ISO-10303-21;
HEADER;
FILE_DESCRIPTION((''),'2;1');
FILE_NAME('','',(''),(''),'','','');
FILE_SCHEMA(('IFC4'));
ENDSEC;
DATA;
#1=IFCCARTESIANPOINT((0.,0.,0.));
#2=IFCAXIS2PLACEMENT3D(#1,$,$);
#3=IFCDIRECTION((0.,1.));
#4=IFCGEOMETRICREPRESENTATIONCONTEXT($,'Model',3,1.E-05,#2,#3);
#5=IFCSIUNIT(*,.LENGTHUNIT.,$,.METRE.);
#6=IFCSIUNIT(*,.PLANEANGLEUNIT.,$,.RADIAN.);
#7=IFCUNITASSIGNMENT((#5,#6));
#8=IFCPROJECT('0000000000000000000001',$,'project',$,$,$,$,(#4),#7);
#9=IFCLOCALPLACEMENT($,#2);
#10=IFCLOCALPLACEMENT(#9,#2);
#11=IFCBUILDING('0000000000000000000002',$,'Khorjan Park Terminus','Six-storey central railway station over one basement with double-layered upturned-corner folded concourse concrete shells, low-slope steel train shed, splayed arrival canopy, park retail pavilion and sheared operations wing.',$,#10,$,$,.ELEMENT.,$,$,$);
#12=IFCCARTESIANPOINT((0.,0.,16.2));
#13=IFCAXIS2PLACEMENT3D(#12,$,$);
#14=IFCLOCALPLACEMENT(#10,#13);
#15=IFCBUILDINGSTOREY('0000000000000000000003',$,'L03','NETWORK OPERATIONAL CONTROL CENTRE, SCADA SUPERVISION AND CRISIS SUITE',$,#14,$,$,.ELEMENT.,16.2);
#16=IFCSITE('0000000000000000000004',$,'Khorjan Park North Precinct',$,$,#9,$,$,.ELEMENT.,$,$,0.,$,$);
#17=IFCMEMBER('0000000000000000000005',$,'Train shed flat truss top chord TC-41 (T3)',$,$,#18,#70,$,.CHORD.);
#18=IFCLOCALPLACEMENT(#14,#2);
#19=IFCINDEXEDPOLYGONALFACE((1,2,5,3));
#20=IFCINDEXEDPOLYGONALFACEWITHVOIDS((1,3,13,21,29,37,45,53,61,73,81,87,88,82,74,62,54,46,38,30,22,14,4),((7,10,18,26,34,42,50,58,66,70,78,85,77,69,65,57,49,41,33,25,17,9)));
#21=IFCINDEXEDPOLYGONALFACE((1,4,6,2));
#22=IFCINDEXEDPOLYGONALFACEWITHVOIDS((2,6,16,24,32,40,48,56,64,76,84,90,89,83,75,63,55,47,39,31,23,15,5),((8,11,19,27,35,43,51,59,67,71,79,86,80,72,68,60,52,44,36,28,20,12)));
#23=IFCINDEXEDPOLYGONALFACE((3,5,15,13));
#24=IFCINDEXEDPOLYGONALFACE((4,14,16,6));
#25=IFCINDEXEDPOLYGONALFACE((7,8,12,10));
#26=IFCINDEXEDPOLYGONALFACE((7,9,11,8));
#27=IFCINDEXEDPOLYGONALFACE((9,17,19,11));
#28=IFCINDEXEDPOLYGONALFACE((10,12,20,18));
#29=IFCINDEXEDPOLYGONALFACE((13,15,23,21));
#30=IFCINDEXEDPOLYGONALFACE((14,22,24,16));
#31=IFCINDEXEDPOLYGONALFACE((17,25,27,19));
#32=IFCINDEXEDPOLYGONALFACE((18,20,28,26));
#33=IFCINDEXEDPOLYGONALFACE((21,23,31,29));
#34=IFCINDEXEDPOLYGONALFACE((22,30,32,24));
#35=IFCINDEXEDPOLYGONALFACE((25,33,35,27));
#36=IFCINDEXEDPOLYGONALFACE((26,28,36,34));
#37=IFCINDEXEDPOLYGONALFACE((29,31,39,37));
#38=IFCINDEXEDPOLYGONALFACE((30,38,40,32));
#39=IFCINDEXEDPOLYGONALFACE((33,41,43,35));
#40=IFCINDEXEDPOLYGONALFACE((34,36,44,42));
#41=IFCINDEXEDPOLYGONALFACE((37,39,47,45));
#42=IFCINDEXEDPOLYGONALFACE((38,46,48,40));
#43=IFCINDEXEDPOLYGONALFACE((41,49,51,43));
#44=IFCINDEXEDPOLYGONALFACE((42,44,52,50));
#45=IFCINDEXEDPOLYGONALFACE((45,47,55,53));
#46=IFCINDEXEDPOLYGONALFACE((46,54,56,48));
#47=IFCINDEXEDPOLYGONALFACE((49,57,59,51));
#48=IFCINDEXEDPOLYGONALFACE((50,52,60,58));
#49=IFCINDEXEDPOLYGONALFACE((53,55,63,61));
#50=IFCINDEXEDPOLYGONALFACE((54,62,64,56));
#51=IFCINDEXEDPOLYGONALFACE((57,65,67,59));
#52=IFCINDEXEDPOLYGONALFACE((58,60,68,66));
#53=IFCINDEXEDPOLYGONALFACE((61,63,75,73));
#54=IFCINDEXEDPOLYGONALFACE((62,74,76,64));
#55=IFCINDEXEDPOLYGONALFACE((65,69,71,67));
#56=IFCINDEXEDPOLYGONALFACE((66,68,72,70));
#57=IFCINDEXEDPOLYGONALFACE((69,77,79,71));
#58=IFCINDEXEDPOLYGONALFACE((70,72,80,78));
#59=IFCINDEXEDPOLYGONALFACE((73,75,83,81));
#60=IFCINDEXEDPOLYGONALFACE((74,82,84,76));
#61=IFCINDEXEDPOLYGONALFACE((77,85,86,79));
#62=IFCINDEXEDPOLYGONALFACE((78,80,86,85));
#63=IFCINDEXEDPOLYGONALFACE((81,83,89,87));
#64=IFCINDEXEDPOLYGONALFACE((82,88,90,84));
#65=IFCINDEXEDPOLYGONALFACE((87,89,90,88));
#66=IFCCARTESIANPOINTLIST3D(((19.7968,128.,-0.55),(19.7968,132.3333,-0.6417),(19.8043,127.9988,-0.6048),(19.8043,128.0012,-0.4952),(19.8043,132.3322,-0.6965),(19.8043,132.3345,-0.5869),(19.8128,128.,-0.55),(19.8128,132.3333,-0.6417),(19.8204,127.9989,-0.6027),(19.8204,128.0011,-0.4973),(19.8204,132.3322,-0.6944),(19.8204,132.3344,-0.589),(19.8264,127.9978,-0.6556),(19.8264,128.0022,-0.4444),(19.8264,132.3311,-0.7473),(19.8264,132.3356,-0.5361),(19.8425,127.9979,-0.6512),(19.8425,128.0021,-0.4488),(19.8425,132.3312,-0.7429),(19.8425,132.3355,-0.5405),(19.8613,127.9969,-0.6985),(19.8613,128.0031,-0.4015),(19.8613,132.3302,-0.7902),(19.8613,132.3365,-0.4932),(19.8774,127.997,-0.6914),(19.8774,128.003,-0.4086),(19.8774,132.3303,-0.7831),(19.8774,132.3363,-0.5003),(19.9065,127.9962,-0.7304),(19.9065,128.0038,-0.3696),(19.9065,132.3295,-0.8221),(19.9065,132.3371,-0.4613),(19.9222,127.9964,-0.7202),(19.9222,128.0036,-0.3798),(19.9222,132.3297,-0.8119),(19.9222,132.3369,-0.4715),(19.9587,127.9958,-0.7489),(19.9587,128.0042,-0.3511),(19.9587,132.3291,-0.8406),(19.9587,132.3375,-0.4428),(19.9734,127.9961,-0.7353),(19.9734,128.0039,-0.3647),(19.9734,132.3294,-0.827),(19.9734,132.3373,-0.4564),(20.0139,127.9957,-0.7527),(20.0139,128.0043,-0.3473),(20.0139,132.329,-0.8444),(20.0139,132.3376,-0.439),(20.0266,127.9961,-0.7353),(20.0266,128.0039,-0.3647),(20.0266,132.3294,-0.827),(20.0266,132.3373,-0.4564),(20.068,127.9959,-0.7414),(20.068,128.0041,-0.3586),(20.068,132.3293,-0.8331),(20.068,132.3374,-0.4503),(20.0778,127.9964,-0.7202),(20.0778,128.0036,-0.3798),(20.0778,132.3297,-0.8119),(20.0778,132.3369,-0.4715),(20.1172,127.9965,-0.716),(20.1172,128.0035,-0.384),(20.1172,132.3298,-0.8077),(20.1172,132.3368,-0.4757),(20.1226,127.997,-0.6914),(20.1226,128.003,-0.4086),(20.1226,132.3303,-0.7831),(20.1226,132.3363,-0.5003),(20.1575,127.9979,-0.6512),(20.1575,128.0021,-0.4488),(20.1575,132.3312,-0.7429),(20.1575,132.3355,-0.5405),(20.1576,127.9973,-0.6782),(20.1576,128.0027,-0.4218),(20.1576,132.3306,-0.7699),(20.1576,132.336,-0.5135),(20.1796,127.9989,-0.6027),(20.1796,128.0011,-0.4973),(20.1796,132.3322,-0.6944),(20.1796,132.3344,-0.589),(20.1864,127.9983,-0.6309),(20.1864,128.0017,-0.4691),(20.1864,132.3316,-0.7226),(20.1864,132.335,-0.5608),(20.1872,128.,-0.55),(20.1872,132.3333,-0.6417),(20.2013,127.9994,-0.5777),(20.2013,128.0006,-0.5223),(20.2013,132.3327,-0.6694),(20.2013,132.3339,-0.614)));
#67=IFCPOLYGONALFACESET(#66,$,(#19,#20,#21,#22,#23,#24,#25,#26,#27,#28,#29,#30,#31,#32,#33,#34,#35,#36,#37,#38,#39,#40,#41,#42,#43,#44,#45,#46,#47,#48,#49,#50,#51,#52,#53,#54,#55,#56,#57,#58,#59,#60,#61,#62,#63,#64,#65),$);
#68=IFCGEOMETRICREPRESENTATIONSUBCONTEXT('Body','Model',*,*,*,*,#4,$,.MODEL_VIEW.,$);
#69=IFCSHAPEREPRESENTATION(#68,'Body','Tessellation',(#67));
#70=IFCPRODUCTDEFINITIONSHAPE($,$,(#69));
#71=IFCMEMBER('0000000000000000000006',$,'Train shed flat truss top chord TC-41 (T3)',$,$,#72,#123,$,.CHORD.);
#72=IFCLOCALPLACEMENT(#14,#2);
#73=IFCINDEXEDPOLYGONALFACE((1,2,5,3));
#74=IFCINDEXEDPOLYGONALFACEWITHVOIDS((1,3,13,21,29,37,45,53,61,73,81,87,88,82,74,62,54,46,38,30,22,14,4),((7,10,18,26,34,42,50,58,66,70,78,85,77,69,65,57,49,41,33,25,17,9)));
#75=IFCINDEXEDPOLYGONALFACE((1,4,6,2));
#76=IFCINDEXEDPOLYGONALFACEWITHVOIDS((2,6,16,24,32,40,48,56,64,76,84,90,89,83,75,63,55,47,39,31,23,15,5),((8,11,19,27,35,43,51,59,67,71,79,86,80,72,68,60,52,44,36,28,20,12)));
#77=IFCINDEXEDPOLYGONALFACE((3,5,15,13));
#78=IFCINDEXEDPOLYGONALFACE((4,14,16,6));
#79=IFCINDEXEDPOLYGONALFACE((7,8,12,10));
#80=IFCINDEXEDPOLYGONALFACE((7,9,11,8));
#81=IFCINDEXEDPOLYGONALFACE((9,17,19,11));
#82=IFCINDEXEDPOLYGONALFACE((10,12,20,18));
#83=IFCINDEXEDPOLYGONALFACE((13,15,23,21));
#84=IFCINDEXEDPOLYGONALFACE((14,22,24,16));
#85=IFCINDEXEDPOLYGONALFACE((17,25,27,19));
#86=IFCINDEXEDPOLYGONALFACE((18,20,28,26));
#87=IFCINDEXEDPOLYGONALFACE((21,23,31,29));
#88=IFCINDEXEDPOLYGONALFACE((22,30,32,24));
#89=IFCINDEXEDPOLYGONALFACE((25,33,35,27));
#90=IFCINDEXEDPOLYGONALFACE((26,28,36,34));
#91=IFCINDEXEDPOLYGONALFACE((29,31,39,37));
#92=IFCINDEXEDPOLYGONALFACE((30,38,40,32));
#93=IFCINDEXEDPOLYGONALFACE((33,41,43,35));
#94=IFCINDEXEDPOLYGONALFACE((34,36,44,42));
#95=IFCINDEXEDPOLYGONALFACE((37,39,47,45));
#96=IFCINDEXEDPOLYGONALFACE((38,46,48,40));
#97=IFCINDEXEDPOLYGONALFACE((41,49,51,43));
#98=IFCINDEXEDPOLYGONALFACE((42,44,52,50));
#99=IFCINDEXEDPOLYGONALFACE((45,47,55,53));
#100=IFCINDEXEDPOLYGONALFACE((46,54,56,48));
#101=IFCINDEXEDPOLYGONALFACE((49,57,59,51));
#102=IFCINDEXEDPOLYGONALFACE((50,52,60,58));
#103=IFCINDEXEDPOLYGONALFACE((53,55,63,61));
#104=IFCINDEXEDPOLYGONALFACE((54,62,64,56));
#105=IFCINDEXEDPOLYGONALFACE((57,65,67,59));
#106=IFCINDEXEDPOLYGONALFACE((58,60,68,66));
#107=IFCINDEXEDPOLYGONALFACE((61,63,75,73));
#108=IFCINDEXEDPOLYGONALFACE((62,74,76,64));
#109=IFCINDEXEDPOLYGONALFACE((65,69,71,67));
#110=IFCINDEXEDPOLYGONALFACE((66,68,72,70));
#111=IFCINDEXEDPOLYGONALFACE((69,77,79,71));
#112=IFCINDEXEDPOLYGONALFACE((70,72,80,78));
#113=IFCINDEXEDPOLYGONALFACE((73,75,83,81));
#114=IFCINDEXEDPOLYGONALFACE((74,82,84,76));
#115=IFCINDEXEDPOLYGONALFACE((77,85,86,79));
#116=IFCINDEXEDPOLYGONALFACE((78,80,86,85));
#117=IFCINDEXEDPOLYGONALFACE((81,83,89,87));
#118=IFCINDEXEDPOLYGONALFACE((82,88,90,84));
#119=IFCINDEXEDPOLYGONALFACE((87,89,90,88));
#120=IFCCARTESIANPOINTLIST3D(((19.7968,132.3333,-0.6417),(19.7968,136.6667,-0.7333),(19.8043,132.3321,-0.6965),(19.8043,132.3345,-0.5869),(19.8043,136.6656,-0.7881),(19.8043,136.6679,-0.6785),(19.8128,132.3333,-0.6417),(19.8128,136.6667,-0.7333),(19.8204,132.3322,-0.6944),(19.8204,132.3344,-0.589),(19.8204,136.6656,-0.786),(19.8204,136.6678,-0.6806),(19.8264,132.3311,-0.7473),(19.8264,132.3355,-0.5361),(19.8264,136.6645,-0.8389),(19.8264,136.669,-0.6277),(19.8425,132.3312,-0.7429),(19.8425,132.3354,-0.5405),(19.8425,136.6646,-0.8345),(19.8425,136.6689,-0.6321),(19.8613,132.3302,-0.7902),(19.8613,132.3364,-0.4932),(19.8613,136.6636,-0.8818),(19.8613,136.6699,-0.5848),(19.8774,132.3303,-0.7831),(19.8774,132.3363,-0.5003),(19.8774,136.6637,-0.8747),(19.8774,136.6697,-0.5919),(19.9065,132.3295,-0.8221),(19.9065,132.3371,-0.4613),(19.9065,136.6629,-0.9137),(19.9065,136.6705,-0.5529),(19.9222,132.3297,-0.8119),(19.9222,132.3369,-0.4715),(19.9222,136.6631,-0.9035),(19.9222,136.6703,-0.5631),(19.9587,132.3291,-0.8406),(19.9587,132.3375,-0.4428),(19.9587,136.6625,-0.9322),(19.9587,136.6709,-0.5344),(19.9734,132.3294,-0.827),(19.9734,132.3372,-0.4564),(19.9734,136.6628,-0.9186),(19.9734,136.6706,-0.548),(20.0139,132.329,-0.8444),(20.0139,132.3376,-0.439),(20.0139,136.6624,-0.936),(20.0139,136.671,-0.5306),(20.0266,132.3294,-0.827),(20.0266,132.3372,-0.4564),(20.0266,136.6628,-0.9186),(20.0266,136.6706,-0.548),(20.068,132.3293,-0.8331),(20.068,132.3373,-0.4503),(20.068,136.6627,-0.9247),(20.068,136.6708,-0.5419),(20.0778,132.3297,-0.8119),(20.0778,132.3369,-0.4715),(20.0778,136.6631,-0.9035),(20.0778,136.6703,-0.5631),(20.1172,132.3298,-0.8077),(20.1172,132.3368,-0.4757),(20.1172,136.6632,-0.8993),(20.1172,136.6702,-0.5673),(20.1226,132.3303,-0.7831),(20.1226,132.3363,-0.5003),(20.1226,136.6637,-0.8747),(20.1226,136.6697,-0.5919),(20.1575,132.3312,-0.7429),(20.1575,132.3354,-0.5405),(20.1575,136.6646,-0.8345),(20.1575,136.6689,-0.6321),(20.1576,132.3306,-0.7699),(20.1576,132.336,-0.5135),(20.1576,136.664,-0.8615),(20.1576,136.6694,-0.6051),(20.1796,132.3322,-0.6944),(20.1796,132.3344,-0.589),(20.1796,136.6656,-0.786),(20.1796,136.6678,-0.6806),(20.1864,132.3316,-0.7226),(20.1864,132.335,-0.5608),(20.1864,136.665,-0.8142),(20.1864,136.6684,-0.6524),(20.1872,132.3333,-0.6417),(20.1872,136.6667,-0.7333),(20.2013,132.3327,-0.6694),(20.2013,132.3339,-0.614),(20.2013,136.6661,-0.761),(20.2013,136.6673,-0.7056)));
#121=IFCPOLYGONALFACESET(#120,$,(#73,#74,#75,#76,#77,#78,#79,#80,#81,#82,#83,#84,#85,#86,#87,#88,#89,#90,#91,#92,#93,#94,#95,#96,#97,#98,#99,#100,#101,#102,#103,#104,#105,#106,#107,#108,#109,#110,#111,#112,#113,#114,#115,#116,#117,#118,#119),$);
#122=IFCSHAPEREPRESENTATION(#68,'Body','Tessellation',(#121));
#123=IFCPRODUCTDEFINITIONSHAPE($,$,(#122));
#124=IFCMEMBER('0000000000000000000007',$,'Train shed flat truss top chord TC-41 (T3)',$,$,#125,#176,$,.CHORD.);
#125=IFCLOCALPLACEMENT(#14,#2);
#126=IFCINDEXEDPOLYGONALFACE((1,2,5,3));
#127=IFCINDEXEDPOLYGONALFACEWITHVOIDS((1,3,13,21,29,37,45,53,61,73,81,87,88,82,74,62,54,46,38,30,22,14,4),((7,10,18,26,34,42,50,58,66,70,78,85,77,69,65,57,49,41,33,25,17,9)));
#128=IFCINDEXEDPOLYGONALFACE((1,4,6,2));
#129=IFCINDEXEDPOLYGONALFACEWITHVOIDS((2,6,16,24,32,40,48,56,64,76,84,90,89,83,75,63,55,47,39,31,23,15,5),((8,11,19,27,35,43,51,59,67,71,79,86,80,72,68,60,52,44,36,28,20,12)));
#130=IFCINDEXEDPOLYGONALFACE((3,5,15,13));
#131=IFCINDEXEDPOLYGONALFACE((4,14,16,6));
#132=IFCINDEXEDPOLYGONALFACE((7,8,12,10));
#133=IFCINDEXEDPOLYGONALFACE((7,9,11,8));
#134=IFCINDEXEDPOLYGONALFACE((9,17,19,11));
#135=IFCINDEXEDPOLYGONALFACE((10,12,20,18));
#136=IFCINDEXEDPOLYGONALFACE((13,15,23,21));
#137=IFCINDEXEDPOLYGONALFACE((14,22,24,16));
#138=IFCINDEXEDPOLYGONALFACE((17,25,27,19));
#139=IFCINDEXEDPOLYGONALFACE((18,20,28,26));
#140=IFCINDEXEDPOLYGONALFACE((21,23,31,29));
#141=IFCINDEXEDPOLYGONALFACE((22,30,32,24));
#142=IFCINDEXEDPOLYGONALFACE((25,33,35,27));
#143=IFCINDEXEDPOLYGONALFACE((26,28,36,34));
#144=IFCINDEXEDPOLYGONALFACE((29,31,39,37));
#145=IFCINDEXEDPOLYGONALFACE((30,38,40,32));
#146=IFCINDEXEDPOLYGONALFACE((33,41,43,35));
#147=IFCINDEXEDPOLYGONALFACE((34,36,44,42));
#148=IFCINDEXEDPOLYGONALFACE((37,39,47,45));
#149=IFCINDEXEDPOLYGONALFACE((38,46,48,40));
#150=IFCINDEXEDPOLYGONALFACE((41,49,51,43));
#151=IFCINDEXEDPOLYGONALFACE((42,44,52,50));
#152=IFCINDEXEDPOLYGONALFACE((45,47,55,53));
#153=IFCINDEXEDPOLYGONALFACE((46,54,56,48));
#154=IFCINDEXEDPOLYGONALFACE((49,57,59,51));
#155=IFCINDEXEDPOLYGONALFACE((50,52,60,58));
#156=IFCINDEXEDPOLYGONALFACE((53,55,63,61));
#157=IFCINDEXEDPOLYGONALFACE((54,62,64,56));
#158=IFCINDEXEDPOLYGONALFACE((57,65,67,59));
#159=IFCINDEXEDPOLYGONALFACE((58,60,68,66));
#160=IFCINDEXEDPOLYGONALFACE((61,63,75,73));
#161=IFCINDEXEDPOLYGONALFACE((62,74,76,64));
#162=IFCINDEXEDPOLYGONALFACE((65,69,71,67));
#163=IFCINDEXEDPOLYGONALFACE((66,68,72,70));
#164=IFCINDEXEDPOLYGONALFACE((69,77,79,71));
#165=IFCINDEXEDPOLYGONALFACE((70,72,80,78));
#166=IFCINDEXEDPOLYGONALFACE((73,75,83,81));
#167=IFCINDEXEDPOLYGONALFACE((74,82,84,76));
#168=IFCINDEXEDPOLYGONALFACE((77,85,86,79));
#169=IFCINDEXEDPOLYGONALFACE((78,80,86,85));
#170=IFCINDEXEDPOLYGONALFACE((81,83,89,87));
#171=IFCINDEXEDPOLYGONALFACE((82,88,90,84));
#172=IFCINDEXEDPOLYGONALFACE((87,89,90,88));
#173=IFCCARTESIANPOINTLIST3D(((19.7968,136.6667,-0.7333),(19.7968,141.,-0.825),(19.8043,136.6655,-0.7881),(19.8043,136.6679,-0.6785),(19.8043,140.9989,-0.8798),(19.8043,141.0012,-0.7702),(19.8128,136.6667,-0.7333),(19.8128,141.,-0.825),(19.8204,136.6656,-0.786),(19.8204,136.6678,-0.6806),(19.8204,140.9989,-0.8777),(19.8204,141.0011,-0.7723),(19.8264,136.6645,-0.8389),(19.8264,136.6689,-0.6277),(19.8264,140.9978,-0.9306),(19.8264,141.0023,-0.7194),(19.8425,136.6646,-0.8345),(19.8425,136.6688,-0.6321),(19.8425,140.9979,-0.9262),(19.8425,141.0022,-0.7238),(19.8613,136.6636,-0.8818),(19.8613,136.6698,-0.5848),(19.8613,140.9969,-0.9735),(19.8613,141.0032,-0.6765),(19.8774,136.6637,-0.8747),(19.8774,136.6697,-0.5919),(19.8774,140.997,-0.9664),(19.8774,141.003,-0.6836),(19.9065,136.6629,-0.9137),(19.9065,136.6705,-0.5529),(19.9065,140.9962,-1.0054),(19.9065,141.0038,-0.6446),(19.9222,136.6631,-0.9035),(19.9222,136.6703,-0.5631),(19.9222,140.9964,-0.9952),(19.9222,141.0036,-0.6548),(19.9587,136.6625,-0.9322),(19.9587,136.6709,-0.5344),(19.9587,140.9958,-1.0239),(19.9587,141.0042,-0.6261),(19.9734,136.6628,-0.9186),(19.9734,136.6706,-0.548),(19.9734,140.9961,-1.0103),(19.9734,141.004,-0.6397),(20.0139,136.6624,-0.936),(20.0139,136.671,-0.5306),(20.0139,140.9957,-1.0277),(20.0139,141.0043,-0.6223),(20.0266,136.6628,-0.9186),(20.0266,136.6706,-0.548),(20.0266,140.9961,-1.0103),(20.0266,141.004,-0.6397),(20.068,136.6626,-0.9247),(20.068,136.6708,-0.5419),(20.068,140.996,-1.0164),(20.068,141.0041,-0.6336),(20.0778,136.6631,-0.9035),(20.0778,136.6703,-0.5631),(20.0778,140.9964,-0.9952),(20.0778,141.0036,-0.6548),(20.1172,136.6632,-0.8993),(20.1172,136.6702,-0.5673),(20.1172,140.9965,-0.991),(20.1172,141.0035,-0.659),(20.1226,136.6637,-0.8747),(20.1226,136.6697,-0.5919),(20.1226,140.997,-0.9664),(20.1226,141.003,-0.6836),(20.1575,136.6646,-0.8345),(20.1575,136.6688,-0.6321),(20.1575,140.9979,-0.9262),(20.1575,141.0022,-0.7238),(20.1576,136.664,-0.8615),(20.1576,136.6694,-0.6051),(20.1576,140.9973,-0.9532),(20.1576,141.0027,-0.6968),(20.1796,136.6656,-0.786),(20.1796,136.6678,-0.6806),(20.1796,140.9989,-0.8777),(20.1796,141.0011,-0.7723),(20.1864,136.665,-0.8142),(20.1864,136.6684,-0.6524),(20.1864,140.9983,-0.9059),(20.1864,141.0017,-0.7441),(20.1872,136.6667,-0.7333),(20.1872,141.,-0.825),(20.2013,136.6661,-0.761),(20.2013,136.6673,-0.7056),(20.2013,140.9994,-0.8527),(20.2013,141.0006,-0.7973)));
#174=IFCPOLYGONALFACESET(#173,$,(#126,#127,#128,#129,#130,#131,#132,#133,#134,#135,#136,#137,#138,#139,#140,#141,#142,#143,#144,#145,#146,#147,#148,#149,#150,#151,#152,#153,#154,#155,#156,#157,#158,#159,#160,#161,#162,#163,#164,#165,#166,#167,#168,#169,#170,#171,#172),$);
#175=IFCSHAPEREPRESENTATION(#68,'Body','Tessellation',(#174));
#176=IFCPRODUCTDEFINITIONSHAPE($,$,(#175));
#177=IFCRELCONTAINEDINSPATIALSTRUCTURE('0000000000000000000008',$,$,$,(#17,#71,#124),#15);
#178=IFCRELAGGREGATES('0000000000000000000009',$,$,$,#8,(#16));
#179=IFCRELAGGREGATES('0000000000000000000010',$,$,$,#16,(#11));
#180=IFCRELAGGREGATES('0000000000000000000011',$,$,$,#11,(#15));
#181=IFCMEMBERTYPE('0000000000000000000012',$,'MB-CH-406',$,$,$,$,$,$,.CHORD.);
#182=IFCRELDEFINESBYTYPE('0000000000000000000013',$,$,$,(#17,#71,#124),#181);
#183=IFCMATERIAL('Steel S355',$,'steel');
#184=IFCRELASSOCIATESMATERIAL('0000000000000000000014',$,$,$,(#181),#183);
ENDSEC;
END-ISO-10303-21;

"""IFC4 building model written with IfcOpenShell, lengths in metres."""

from ifc_helpers import new_model, si_unit, direction, frame, origin, origin_2d, place, context, subcontext, project, spatial, hollow_circle, extrude, material, material_profile, profile_set, type_object, element, save


model = new_model("IFC4")

# Units and contexts
model_context = context("Model", 3, precision=1e-05, world=origin(), true_north=direction((0.0, 1.0)))
body_context = subcontext(model_context, "Body", "Model", "MODEL_VIEW")
ifc_project = project(units=[si_unit("LENGTHUNIT", "METRE"), si_unit("PLANEANGLEUNIT", "RADIAN")], contexts=[model_context])

# Site, building, storey
site_placement = place(None, origin())
site = spatial("IfcSite", under=ifc_project, at=site_placement, Name="Khorjan Park North Precinct", CompositionType="ELEMENT", RefElevation=0.0)
building_placement = place(site_placement, origin())
building = spatial("IfcBuilding", under=site, at=building_placement, Name="Khorjan Park Terminus", Description="Six-storey central railway station over one basement with double-layered upturned-corner folded concourse concrete shells, low-slope steel train shed, splayed arrival canopy, park retail pavilion and sheared operations wing.", CompositionType="ELEMENT")
storey_placement = place(building_placement, frame((0.0, 0.0, 16.2)))
storey = spatial("IfcBuildingStorey", under=building, at=storey_placement, Name="L03", Description="NETWORK OPERATIONAL CONTROL CENTRE, SCADA SUPERVISION AND CRISIS SUITE", CompositionType="ELEMENT", Elevation=16.2)

# Members
ifc_material = material(Name="Steel S355", Category="steel")
ifc_material_profile_1 = material_profile(ifc_material, hollow_circle(Radius=0.2032, WallThickness=0.016, at=origin_2d()), Name="CHS 406.4x16")
ifc_profile_set_1 = profile_set([ifc_material_profile_1], Name="Steel S355")
member_type_1 = type_object("IfcMemberType", Name="MB-CH-406", PredefinedType="CHORD", material=ifc_profile_set_1)
member_1_placement = place(storey_placement, frame((20.0, 128.0, -0.55), z_axis=(0.0, 0.999776, -0.021157), x_axis=(-1.0, 0.0, 0.0)))
element("IfcMember", 1, at=member_1_placement, inside=storey, type_object=member_type_1, Name="Train shed flat truss top chord TC-41 (T3)", PredefinedType="CHORD", context=body_context, shape_type="SweptSolid", body=[
    extrude(hollow_circle(Radius=0.2032, WallThickness=0.016, at=origin_2d()), origin(), (0.0, 0.0, 1.0), 4.3343),
])
member_2_placement = place(storey_placement, frame((20.0, 132.3333, -0.6417), z_axis=(0.0, 0.999777, -0.021133), x_axis=(-1.0, 0.0, 0.0)))
element("IfcMember", 2, at=member_2_placement, inside=storey, type_object=member_type_1, Name="Train shed flat truss top chord TC-41 (T3)", PredefinedType="CHORD", context=body_context, shape_type="SweptSolid", body=[
    extrude(hollow_circle(Radius=0.2032, WallThickness=0.016, at=origin_2d()), origin(), (0.0, 0.0, 1.0), 4.3344),
])
member_3_placement = place(storey_placement, frame((20.0, 136.6667, -0.7333), z_axis=(0.0, 0.999776, -0.021157), x_axis=(-1.0, 0.0, 0.0)))
element("IfcMember", 3, at=member_3_placement, inside=storey, type_object=member_type_1, Name="Train shed flat truss top chord TC-41 (T3)", PredefinedType="CHORD", context=body_context, shape_type="SweptSolid", body=[
    extrude(hollow_circle(Radius=0.2032, WallThickness=0.016, at=origin_2d()), origin(), (0.0, 0.0, 1.0), 4.3343),
])

save(model, "model.ifc")
